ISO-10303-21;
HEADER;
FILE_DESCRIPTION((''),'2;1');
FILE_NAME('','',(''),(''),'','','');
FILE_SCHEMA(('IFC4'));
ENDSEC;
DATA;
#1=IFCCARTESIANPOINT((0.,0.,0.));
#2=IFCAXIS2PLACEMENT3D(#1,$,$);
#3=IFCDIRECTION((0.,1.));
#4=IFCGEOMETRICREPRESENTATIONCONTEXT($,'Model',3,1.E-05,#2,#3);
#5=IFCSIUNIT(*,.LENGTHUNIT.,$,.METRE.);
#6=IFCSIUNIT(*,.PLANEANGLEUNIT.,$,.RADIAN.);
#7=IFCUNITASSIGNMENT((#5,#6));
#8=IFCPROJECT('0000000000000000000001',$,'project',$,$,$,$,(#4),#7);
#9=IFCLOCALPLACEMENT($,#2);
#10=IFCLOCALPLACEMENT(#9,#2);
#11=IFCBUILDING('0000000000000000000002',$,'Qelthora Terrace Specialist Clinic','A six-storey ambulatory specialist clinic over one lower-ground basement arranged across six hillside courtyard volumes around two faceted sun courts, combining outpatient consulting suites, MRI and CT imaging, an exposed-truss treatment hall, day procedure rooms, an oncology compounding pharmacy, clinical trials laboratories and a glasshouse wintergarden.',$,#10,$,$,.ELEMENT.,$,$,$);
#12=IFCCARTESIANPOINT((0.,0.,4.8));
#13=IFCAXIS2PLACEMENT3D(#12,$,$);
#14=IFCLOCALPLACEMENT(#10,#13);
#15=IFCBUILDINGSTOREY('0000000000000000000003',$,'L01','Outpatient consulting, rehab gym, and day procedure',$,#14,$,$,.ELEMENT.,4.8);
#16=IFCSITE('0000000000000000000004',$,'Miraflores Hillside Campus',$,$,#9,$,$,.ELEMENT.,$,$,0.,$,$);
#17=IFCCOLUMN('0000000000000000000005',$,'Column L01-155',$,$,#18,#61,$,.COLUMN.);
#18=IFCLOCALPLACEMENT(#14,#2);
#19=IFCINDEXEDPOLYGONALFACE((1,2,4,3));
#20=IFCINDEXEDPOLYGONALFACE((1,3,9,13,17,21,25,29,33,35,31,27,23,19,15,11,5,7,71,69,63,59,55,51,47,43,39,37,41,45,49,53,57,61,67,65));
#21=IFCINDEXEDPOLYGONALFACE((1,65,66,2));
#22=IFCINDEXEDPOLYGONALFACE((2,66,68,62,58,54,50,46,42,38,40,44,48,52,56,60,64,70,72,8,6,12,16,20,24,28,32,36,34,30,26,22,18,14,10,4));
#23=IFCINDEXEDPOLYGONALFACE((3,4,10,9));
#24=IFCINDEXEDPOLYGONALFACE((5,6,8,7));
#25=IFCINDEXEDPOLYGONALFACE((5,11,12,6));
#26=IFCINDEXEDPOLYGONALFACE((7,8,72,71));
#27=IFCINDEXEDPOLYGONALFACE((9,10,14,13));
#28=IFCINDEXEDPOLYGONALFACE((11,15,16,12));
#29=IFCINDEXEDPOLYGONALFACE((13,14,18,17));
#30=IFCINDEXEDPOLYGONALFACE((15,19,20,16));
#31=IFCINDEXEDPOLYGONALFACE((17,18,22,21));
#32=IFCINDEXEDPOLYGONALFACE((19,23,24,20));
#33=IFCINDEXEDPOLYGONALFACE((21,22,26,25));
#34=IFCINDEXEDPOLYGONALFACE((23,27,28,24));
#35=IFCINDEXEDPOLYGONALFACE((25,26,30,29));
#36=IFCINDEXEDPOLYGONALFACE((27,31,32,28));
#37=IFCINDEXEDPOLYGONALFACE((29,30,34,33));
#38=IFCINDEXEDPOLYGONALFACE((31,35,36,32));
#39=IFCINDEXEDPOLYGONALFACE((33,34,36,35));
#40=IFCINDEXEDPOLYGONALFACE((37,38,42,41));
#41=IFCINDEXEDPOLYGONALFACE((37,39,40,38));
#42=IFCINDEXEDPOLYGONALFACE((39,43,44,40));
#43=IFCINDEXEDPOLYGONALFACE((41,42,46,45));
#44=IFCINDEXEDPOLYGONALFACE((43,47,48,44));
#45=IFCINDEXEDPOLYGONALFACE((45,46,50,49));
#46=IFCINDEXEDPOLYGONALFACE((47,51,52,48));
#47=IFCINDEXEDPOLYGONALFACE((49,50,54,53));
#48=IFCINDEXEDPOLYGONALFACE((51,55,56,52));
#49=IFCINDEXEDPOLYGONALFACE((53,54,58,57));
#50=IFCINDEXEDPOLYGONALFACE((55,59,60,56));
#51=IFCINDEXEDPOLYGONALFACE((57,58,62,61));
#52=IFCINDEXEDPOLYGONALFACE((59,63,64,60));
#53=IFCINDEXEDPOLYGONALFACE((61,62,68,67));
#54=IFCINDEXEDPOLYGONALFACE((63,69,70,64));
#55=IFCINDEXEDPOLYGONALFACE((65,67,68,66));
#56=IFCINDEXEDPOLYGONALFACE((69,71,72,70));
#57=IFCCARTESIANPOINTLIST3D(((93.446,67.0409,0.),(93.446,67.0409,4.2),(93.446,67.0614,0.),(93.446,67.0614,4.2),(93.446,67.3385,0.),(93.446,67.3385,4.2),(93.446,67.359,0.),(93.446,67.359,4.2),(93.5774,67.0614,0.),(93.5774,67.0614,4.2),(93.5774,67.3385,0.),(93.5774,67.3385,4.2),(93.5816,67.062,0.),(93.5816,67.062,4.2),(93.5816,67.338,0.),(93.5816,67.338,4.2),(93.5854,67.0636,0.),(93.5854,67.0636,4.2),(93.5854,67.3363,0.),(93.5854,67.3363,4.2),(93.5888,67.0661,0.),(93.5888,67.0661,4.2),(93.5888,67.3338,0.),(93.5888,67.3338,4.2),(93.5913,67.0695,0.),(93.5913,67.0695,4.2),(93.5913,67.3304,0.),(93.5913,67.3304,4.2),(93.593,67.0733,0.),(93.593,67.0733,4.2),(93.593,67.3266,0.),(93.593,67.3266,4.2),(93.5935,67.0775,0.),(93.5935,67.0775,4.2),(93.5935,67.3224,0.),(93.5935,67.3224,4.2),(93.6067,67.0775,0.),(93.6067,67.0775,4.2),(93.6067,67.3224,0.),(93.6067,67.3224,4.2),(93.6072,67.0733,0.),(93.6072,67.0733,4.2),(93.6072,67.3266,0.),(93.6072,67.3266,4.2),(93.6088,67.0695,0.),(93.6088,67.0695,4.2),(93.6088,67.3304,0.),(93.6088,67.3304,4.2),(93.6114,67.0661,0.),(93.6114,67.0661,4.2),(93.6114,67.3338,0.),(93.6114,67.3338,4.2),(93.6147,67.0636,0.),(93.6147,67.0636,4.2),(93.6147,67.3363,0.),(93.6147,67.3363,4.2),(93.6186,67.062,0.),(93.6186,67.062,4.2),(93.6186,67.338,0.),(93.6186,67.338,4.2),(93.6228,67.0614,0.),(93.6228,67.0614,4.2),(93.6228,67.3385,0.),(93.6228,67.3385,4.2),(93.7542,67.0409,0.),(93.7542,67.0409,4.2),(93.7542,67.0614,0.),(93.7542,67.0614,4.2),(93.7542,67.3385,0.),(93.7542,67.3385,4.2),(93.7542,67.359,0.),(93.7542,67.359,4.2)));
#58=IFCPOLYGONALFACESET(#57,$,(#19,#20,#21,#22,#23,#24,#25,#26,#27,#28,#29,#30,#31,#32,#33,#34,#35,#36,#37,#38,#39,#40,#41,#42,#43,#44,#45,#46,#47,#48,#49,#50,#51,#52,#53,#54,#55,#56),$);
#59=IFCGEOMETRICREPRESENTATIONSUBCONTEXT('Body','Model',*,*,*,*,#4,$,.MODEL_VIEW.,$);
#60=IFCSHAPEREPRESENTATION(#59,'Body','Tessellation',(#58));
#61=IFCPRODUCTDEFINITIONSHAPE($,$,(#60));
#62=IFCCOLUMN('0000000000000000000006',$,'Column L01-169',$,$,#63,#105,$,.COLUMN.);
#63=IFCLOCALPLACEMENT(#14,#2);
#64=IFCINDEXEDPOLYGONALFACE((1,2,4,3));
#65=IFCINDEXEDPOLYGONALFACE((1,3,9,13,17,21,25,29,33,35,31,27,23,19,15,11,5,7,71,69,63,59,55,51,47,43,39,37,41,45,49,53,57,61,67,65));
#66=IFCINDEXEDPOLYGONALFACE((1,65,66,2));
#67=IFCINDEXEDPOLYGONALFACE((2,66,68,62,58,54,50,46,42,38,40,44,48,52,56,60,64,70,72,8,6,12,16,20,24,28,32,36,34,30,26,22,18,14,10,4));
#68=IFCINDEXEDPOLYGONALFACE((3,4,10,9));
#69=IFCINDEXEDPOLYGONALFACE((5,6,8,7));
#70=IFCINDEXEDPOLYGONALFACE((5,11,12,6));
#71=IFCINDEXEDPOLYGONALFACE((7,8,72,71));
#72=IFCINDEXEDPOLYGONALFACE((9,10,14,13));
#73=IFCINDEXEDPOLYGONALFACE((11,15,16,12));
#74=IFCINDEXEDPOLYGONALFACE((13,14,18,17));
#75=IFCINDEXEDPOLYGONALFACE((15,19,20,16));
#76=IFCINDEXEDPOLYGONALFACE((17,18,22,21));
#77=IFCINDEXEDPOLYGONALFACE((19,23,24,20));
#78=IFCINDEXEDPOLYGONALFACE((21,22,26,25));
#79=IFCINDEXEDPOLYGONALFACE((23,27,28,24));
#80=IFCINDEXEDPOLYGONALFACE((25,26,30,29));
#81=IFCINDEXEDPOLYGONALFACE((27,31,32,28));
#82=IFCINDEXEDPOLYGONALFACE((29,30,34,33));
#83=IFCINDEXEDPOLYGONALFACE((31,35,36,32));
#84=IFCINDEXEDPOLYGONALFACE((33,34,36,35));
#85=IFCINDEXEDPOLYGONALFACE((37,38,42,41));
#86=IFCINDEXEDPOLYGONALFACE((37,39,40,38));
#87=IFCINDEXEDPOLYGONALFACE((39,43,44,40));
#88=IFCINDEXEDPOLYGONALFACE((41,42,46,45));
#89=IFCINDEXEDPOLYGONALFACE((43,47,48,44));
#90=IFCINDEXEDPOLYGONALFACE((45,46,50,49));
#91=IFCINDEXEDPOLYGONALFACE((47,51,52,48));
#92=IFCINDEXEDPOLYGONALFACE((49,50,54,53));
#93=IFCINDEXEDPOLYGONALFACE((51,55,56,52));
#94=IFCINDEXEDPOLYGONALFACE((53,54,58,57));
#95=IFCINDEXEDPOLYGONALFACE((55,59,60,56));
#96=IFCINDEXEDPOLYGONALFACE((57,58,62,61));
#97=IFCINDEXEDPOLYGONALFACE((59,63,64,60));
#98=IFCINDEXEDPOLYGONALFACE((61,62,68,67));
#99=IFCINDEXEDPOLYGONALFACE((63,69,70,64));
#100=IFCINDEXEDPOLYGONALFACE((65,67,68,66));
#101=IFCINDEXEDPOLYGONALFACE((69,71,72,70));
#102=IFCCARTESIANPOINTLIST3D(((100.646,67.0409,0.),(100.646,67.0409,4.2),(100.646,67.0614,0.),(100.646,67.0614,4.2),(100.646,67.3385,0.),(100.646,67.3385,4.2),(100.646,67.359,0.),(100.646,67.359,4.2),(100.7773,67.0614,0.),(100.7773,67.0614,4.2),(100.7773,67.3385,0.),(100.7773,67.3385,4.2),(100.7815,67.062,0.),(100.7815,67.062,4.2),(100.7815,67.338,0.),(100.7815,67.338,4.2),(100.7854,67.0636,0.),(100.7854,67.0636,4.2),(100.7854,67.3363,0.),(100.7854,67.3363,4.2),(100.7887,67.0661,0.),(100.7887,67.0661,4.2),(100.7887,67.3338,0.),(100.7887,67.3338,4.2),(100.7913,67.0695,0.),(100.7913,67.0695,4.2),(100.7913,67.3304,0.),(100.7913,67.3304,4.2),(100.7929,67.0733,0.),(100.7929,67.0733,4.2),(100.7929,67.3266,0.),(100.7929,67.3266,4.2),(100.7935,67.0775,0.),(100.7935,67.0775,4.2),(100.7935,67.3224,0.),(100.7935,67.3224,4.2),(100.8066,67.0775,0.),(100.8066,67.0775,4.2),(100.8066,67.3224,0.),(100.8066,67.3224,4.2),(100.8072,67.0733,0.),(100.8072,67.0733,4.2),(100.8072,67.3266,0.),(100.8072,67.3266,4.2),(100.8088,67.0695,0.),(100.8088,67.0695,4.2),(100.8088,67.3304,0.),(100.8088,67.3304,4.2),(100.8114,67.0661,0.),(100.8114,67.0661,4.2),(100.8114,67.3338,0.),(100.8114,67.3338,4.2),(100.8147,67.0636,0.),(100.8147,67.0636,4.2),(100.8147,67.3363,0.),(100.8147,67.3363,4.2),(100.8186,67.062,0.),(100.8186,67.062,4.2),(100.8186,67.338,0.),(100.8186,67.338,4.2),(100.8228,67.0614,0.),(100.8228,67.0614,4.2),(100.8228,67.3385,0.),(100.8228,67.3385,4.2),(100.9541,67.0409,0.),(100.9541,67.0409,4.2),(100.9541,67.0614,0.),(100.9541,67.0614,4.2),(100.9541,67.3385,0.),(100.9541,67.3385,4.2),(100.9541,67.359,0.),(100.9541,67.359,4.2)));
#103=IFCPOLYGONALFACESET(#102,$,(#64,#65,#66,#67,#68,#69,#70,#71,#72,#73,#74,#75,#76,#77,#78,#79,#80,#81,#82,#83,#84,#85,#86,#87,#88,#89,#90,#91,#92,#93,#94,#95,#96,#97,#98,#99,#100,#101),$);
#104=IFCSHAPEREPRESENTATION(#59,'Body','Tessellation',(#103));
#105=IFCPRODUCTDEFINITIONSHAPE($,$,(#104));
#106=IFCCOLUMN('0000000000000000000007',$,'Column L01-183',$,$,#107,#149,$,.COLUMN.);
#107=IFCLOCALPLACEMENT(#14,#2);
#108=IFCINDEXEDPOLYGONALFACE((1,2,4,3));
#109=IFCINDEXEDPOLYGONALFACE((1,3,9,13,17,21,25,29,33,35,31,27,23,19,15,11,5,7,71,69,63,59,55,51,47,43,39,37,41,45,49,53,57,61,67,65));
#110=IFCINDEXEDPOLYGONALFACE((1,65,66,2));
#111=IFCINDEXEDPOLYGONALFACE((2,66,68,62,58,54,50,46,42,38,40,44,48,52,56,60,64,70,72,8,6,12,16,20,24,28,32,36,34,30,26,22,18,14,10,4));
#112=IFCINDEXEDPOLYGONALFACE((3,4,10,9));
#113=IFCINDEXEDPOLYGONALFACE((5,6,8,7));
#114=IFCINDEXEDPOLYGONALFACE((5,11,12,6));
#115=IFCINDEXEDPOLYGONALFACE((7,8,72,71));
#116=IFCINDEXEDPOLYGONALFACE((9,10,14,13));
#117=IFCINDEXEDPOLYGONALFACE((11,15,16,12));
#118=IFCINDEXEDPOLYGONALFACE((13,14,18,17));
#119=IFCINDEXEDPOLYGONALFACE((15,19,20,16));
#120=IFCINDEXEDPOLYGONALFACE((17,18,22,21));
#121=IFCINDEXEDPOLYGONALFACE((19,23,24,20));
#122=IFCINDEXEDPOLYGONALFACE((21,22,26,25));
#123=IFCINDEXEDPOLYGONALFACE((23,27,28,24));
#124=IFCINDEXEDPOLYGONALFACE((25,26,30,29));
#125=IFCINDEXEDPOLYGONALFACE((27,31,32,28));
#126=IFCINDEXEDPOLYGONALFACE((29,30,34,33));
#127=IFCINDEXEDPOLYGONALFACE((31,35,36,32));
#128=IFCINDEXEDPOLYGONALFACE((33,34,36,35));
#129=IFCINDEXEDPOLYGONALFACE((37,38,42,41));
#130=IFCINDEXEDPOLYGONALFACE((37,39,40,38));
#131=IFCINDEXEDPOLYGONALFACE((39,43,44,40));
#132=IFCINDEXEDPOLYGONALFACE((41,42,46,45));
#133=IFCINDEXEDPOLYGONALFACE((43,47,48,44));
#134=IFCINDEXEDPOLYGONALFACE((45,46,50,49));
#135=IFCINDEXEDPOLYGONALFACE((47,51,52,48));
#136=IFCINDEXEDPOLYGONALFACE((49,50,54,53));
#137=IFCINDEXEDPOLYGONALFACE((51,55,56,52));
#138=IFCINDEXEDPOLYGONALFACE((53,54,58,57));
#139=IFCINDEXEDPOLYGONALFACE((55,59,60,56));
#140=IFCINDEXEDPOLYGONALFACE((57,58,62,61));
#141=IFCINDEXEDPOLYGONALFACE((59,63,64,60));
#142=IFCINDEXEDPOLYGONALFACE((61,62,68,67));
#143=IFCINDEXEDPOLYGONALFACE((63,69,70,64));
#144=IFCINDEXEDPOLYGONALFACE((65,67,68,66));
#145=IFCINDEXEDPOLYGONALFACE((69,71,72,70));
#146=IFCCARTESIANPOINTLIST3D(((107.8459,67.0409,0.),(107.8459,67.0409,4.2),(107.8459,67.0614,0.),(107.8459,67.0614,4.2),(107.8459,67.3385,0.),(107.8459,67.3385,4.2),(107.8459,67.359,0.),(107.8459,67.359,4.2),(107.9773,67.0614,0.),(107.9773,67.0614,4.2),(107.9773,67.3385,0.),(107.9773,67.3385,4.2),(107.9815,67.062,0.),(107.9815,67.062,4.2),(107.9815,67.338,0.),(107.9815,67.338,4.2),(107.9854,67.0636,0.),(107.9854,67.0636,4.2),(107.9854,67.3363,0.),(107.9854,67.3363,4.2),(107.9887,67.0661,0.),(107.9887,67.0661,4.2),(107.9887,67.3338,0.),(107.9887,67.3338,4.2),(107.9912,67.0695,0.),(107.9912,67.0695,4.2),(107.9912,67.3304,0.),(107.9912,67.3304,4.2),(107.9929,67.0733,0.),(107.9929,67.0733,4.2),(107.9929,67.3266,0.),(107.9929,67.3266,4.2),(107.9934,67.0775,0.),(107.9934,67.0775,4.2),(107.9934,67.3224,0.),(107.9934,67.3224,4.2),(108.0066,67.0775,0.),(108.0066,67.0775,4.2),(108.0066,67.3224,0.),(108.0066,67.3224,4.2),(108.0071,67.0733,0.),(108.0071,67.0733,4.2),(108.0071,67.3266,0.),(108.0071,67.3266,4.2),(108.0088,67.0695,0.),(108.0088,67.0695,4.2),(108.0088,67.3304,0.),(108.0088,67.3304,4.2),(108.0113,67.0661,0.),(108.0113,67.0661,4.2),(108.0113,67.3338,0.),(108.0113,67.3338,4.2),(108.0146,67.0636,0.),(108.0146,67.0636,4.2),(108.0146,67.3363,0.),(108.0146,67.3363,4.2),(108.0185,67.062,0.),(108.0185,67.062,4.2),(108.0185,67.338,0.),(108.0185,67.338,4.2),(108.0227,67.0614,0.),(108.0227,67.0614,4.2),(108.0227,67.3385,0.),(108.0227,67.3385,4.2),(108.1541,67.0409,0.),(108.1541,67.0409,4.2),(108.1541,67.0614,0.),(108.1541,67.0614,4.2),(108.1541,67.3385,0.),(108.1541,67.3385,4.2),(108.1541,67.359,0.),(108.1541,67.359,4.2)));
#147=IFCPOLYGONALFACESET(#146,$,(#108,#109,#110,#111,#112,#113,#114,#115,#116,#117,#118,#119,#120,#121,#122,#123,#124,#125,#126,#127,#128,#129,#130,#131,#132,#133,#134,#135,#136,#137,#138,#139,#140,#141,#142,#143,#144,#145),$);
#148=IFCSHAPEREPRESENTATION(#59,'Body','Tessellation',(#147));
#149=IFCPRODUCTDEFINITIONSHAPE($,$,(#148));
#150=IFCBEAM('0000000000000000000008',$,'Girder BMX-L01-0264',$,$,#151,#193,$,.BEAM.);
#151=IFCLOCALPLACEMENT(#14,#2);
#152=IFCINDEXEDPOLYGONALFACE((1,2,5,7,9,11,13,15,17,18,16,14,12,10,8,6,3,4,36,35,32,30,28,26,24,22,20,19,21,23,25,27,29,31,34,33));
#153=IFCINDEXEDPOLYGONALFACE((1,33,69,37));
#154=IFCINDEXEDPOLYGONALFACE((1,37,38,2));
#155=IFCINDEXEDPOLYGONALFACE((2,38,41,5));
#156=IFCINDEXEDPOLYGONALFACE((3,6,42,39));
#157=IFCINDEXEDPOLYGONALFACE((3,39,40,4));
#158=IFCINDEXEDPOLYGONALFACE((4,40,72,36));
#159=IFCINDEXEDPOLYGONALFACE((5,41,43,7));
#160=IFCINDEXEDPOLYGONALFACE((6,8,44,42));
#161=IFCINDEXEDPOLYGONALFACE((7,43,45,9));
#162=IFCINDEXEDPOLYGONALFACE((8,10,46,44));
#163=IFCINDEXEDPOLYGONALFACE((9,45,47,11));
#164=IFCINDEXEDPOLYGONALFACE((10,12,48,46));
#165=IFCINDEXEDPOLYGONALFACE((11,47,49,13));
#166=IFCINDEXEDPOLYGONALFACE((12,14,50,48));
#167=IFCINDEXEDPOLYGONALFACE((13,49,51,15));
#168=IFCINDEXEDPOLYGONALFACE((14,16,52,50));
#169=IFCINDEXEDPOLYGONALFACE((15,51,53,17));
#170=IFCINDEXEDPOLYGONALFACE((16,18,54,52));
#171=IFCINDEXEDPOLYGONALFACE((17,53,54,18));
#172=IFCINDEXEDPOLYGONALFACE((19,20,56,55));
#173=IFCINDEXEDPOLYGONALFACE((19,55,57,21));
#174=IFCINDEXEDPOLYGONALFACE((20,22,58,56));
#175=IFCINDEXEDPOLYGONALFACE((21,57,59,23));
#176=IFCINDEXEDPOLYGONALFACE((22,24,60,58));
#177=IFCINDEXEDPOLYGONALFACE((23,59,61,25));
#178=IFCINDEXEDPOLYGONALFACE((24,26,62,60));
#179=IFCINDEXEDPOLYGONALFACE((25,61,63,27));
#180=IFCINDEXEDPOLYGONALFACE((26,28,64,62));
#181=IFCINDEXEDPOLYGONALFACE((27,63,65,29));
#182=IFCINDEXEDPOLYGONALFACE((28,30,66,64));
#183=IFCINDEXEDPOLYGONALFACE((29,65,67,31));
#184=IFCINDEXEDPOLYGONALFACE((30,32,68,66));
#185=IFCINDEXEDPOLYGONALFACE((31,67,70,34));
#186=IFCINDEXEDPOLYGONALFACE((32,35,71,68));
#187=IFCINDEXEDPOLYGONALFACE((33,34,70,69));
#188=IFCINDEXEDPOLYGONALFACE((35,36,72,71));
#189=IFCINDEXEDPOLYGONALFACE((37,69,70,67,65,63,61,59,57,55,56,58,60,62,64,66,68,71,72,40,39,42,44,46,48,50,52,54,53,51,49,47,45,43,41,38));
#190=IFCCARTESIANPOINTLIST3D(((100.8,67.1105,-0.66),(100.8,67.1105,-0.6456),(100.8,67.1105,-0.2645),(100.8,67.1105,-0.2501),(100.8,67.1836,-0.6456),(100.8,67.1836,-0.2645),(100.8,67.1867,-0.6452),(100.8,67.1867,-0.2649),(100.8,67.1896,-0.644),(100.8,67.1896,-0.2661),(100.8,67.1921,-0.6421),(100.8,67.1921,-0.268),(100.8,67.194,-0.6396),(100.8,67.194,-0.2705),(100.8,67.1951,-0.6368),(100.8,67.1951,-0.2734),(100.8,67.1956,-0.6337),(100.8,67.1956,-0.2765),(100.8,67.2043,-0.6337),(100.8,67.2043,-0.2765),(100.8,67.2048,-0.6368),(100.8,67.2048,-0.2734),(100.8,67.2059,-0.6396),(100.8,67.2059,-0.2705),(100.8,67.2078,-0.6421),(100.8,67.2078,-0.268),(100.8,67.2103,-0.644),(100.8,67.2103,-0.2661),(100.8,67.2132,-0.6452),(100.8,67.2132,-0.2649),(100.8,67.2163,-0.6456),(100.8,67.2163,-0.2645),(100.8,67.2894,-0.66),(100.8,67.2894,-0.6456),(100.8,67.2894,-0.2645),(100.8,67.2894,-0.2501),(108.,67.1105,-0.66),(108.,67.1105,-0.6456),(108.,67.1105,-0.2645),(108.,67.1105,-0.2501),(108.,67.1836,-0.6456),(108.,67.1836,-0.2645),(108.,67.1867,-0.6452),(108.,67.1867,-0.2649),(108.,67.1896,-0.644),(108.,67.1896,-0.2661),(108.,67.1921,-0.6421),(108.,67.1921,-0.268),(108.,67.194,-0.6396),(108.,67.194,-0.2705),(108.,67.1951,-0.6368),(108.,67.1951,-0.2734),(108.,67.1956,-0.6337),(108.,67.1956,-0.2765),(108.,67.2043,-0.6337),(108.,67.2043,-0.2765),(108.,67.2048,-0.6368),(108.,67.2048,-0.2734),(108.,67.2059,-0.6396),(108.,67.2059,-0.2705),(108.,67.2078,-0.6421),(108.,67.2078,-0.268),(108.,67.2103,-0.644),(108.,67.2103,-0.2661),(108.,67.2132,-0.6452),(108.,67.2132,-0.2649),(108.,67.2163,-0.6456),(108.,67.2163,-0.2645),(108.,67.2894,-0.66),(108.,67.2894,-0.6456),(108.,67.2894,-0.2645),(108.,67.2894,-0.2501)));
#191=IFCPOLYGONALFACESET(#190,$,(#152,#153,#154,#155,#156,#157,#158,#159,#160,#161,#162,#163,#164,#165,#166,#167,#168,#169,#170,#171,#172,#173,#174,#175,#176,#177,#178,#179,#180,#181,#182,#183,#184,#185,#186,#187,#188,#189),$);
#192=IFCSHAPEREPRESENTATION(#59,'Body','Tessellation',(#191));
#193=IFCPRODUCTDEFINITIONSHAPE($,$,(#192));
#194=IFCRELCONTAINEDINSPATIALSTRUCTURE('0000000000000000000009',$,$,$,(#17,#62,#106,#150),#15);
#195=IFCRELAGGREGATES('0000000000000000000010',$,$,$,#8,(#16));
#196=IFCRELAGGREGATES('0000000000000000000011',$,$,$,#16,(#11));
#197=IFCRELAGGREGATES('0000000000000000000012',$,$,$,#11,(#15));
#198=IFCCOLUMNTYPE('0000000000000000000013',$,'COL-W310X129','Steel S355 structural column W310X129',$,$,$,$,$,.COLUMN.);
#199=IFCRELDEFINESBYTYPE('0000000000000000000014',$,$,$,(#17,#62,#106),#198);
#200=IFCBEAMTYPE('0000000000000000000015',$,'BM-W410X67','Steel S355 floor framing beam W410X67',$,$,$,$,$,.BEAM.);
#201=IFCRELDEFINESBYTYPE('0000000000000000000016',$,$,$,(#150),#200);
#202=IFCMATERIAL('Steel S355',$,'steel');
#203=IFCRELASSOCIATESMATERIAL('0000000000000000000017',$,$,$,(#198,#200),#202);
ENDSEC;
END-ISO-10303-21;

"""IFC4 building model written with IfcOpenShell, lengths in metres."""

from ifc_helpers import new_model, si_unit, direction, frame, origin, origin_2d, place, context, subcontext, project, spatial, i_section, extrude, material, material_profile, profile_set, type_object, element, save


model = new_model("IFC4")

# Units and contexts
model_context = context("Model", 3, precision=1e-05, world=origin(), true_north=direction((0.0, 1.0)))
body_context = subcontext(model_context, "Body", "Model", "MODEL_VIEW")
ifc_project = project(units=[si_unit("LENGTHUNIT", "METRE"), si_unit("PLANEANGLEUNIT", "RADIAN")], contexts=[model_context])

# Site, building, storey
site_placement = place(None, origin())
site = spatial("IfcSite", under=ifc_project, at=site_placement, Name="Miraflores Hillside Campus", CompositionType="ELEMENT", RefElevation=0.0)
building_placement = place(site_placement, origin())
building = spatial("IfcBuilding", under=site, at=building_placement, Name="Qelthora Terrace Specialist Clinic", Description="A six-storey ambulatory specialist clinic over one lower-ground basement arranged across six hillside courtyard volumes around two faceted sun courts, combining outpatient consulting suites, MRI and CT imaging, an exposed-truss treatment hall, day procedure rooms, an oncology compounding pharmacy, clinical trials laboratories and a glasshouse wintergarden.", CompositionType="ELEMENT")
storey_placement = place(building_placement, frame((0.0, 0.0, 4.8)))
storey = spatial("IfcBuildingStorey", under=building, at=storey_placement, Name="L01", Description="Outpatient consulting, rehab gym, and day procedure", CompositionType="ELEMENT", Elevation=4.8)

# Columns
ifc_material_1 = material(Name="Steel S355", Category="steel")
ifc_material_profile_1 = material_profile(ifc_material_1, i_section(OverallWidth=0.3081, OverallDepth=0.3181, WebThickness=0.0132, FlangeThickness=0.0205, FilletRadius=0.0161, at=origin_2d()), Name="W310X129")
ifc_profile_set_1 = profile_set([ifc_material_profile_1], Name="Steel S355")
column_type = type_object("IfcColumnType", Name="COL-W310X129", Description="Steel S355 structural column W310X129", PredefinedType="COLUMN", material=ifc_profile_set_1)
for number, where, z_axis, x_axis, name in (
    (1, (93.6001, 67.2, 0.0), (0.0, 0.0, 1.0), (1.0, 0.0, 0.0), "Column L01-155"),
    (2, (100.8, 67.2, 0.0), (0.0, 0.0, 1.0), (1.0, 0.0, 0.0), "Column L01-169"),
    (3, (108.0, 67.2, 0.0), (0.0, 0.0, 1.0), (1.0, 0.0, 0.0), "Column L01-183"),
):
    element("IfcColumn", number, at=place(storey_placement, frame(where, z_axis=z_axis, x_axis=x_axis)), inside=storey, type_object=column_type, Name=name, PredefinedType="COLUMN", context=body_context, shape_type="SweptSolid", body=[
        extrude(i_section(OverallWidth=0.3081, OverallDepth=0.3181, WebThickness=0.0132, FlangeThickness=0.0205, FilletRadius=0.0161, at=origin_2d()), origin(), (0.0, 0.0, 1.0), 4.2),
    ])

# Beam
ifc_material_profile_2 = material_profile(ifc_material_1, i_section(OverallWidth=0.179, OverallDepth=0.4099, WebThickness=0.0088, FlangeThickness=0.0144, FilletRadius=0.012, at=origin_2d()), Name="W410X67")
ifc_profile_set_2 = profile_set([ifc_material_profile_2], Name="Steel S355")
beam_type_1 = type_object("IfcBeamType", Name="BM-W410X67", Description="Steel S355 floor framing beam W410X67", PredefinedType="BEAM", material=ifc_profile_set_2)
beam_1_placement = place(storey_placement, frame((100.8, 67.2, -0.4551), z_axis=(1.0, 0.0, 0.0), x_axis=(0.0, 1.0, 0.0)))
element("IfcBeam", 4, at=beam_1_placement, inside=storey, type_object=beam_type_1, Name="Girder BMX-L01-0264", PredefinedType="BEAM", context=body_context, shape_type="SweptSolid", body=[
    extrude(i_section(OverallWidth=0.179, OverallDepth=0.4099, WebThickness=0.0088, FlangeThickness=0.0144, FilletRadius=0.012, at=origin_2d()), origin(), (0.0, 0.0, 1.0), 7.2),
])

save(model, "model.ifc")
